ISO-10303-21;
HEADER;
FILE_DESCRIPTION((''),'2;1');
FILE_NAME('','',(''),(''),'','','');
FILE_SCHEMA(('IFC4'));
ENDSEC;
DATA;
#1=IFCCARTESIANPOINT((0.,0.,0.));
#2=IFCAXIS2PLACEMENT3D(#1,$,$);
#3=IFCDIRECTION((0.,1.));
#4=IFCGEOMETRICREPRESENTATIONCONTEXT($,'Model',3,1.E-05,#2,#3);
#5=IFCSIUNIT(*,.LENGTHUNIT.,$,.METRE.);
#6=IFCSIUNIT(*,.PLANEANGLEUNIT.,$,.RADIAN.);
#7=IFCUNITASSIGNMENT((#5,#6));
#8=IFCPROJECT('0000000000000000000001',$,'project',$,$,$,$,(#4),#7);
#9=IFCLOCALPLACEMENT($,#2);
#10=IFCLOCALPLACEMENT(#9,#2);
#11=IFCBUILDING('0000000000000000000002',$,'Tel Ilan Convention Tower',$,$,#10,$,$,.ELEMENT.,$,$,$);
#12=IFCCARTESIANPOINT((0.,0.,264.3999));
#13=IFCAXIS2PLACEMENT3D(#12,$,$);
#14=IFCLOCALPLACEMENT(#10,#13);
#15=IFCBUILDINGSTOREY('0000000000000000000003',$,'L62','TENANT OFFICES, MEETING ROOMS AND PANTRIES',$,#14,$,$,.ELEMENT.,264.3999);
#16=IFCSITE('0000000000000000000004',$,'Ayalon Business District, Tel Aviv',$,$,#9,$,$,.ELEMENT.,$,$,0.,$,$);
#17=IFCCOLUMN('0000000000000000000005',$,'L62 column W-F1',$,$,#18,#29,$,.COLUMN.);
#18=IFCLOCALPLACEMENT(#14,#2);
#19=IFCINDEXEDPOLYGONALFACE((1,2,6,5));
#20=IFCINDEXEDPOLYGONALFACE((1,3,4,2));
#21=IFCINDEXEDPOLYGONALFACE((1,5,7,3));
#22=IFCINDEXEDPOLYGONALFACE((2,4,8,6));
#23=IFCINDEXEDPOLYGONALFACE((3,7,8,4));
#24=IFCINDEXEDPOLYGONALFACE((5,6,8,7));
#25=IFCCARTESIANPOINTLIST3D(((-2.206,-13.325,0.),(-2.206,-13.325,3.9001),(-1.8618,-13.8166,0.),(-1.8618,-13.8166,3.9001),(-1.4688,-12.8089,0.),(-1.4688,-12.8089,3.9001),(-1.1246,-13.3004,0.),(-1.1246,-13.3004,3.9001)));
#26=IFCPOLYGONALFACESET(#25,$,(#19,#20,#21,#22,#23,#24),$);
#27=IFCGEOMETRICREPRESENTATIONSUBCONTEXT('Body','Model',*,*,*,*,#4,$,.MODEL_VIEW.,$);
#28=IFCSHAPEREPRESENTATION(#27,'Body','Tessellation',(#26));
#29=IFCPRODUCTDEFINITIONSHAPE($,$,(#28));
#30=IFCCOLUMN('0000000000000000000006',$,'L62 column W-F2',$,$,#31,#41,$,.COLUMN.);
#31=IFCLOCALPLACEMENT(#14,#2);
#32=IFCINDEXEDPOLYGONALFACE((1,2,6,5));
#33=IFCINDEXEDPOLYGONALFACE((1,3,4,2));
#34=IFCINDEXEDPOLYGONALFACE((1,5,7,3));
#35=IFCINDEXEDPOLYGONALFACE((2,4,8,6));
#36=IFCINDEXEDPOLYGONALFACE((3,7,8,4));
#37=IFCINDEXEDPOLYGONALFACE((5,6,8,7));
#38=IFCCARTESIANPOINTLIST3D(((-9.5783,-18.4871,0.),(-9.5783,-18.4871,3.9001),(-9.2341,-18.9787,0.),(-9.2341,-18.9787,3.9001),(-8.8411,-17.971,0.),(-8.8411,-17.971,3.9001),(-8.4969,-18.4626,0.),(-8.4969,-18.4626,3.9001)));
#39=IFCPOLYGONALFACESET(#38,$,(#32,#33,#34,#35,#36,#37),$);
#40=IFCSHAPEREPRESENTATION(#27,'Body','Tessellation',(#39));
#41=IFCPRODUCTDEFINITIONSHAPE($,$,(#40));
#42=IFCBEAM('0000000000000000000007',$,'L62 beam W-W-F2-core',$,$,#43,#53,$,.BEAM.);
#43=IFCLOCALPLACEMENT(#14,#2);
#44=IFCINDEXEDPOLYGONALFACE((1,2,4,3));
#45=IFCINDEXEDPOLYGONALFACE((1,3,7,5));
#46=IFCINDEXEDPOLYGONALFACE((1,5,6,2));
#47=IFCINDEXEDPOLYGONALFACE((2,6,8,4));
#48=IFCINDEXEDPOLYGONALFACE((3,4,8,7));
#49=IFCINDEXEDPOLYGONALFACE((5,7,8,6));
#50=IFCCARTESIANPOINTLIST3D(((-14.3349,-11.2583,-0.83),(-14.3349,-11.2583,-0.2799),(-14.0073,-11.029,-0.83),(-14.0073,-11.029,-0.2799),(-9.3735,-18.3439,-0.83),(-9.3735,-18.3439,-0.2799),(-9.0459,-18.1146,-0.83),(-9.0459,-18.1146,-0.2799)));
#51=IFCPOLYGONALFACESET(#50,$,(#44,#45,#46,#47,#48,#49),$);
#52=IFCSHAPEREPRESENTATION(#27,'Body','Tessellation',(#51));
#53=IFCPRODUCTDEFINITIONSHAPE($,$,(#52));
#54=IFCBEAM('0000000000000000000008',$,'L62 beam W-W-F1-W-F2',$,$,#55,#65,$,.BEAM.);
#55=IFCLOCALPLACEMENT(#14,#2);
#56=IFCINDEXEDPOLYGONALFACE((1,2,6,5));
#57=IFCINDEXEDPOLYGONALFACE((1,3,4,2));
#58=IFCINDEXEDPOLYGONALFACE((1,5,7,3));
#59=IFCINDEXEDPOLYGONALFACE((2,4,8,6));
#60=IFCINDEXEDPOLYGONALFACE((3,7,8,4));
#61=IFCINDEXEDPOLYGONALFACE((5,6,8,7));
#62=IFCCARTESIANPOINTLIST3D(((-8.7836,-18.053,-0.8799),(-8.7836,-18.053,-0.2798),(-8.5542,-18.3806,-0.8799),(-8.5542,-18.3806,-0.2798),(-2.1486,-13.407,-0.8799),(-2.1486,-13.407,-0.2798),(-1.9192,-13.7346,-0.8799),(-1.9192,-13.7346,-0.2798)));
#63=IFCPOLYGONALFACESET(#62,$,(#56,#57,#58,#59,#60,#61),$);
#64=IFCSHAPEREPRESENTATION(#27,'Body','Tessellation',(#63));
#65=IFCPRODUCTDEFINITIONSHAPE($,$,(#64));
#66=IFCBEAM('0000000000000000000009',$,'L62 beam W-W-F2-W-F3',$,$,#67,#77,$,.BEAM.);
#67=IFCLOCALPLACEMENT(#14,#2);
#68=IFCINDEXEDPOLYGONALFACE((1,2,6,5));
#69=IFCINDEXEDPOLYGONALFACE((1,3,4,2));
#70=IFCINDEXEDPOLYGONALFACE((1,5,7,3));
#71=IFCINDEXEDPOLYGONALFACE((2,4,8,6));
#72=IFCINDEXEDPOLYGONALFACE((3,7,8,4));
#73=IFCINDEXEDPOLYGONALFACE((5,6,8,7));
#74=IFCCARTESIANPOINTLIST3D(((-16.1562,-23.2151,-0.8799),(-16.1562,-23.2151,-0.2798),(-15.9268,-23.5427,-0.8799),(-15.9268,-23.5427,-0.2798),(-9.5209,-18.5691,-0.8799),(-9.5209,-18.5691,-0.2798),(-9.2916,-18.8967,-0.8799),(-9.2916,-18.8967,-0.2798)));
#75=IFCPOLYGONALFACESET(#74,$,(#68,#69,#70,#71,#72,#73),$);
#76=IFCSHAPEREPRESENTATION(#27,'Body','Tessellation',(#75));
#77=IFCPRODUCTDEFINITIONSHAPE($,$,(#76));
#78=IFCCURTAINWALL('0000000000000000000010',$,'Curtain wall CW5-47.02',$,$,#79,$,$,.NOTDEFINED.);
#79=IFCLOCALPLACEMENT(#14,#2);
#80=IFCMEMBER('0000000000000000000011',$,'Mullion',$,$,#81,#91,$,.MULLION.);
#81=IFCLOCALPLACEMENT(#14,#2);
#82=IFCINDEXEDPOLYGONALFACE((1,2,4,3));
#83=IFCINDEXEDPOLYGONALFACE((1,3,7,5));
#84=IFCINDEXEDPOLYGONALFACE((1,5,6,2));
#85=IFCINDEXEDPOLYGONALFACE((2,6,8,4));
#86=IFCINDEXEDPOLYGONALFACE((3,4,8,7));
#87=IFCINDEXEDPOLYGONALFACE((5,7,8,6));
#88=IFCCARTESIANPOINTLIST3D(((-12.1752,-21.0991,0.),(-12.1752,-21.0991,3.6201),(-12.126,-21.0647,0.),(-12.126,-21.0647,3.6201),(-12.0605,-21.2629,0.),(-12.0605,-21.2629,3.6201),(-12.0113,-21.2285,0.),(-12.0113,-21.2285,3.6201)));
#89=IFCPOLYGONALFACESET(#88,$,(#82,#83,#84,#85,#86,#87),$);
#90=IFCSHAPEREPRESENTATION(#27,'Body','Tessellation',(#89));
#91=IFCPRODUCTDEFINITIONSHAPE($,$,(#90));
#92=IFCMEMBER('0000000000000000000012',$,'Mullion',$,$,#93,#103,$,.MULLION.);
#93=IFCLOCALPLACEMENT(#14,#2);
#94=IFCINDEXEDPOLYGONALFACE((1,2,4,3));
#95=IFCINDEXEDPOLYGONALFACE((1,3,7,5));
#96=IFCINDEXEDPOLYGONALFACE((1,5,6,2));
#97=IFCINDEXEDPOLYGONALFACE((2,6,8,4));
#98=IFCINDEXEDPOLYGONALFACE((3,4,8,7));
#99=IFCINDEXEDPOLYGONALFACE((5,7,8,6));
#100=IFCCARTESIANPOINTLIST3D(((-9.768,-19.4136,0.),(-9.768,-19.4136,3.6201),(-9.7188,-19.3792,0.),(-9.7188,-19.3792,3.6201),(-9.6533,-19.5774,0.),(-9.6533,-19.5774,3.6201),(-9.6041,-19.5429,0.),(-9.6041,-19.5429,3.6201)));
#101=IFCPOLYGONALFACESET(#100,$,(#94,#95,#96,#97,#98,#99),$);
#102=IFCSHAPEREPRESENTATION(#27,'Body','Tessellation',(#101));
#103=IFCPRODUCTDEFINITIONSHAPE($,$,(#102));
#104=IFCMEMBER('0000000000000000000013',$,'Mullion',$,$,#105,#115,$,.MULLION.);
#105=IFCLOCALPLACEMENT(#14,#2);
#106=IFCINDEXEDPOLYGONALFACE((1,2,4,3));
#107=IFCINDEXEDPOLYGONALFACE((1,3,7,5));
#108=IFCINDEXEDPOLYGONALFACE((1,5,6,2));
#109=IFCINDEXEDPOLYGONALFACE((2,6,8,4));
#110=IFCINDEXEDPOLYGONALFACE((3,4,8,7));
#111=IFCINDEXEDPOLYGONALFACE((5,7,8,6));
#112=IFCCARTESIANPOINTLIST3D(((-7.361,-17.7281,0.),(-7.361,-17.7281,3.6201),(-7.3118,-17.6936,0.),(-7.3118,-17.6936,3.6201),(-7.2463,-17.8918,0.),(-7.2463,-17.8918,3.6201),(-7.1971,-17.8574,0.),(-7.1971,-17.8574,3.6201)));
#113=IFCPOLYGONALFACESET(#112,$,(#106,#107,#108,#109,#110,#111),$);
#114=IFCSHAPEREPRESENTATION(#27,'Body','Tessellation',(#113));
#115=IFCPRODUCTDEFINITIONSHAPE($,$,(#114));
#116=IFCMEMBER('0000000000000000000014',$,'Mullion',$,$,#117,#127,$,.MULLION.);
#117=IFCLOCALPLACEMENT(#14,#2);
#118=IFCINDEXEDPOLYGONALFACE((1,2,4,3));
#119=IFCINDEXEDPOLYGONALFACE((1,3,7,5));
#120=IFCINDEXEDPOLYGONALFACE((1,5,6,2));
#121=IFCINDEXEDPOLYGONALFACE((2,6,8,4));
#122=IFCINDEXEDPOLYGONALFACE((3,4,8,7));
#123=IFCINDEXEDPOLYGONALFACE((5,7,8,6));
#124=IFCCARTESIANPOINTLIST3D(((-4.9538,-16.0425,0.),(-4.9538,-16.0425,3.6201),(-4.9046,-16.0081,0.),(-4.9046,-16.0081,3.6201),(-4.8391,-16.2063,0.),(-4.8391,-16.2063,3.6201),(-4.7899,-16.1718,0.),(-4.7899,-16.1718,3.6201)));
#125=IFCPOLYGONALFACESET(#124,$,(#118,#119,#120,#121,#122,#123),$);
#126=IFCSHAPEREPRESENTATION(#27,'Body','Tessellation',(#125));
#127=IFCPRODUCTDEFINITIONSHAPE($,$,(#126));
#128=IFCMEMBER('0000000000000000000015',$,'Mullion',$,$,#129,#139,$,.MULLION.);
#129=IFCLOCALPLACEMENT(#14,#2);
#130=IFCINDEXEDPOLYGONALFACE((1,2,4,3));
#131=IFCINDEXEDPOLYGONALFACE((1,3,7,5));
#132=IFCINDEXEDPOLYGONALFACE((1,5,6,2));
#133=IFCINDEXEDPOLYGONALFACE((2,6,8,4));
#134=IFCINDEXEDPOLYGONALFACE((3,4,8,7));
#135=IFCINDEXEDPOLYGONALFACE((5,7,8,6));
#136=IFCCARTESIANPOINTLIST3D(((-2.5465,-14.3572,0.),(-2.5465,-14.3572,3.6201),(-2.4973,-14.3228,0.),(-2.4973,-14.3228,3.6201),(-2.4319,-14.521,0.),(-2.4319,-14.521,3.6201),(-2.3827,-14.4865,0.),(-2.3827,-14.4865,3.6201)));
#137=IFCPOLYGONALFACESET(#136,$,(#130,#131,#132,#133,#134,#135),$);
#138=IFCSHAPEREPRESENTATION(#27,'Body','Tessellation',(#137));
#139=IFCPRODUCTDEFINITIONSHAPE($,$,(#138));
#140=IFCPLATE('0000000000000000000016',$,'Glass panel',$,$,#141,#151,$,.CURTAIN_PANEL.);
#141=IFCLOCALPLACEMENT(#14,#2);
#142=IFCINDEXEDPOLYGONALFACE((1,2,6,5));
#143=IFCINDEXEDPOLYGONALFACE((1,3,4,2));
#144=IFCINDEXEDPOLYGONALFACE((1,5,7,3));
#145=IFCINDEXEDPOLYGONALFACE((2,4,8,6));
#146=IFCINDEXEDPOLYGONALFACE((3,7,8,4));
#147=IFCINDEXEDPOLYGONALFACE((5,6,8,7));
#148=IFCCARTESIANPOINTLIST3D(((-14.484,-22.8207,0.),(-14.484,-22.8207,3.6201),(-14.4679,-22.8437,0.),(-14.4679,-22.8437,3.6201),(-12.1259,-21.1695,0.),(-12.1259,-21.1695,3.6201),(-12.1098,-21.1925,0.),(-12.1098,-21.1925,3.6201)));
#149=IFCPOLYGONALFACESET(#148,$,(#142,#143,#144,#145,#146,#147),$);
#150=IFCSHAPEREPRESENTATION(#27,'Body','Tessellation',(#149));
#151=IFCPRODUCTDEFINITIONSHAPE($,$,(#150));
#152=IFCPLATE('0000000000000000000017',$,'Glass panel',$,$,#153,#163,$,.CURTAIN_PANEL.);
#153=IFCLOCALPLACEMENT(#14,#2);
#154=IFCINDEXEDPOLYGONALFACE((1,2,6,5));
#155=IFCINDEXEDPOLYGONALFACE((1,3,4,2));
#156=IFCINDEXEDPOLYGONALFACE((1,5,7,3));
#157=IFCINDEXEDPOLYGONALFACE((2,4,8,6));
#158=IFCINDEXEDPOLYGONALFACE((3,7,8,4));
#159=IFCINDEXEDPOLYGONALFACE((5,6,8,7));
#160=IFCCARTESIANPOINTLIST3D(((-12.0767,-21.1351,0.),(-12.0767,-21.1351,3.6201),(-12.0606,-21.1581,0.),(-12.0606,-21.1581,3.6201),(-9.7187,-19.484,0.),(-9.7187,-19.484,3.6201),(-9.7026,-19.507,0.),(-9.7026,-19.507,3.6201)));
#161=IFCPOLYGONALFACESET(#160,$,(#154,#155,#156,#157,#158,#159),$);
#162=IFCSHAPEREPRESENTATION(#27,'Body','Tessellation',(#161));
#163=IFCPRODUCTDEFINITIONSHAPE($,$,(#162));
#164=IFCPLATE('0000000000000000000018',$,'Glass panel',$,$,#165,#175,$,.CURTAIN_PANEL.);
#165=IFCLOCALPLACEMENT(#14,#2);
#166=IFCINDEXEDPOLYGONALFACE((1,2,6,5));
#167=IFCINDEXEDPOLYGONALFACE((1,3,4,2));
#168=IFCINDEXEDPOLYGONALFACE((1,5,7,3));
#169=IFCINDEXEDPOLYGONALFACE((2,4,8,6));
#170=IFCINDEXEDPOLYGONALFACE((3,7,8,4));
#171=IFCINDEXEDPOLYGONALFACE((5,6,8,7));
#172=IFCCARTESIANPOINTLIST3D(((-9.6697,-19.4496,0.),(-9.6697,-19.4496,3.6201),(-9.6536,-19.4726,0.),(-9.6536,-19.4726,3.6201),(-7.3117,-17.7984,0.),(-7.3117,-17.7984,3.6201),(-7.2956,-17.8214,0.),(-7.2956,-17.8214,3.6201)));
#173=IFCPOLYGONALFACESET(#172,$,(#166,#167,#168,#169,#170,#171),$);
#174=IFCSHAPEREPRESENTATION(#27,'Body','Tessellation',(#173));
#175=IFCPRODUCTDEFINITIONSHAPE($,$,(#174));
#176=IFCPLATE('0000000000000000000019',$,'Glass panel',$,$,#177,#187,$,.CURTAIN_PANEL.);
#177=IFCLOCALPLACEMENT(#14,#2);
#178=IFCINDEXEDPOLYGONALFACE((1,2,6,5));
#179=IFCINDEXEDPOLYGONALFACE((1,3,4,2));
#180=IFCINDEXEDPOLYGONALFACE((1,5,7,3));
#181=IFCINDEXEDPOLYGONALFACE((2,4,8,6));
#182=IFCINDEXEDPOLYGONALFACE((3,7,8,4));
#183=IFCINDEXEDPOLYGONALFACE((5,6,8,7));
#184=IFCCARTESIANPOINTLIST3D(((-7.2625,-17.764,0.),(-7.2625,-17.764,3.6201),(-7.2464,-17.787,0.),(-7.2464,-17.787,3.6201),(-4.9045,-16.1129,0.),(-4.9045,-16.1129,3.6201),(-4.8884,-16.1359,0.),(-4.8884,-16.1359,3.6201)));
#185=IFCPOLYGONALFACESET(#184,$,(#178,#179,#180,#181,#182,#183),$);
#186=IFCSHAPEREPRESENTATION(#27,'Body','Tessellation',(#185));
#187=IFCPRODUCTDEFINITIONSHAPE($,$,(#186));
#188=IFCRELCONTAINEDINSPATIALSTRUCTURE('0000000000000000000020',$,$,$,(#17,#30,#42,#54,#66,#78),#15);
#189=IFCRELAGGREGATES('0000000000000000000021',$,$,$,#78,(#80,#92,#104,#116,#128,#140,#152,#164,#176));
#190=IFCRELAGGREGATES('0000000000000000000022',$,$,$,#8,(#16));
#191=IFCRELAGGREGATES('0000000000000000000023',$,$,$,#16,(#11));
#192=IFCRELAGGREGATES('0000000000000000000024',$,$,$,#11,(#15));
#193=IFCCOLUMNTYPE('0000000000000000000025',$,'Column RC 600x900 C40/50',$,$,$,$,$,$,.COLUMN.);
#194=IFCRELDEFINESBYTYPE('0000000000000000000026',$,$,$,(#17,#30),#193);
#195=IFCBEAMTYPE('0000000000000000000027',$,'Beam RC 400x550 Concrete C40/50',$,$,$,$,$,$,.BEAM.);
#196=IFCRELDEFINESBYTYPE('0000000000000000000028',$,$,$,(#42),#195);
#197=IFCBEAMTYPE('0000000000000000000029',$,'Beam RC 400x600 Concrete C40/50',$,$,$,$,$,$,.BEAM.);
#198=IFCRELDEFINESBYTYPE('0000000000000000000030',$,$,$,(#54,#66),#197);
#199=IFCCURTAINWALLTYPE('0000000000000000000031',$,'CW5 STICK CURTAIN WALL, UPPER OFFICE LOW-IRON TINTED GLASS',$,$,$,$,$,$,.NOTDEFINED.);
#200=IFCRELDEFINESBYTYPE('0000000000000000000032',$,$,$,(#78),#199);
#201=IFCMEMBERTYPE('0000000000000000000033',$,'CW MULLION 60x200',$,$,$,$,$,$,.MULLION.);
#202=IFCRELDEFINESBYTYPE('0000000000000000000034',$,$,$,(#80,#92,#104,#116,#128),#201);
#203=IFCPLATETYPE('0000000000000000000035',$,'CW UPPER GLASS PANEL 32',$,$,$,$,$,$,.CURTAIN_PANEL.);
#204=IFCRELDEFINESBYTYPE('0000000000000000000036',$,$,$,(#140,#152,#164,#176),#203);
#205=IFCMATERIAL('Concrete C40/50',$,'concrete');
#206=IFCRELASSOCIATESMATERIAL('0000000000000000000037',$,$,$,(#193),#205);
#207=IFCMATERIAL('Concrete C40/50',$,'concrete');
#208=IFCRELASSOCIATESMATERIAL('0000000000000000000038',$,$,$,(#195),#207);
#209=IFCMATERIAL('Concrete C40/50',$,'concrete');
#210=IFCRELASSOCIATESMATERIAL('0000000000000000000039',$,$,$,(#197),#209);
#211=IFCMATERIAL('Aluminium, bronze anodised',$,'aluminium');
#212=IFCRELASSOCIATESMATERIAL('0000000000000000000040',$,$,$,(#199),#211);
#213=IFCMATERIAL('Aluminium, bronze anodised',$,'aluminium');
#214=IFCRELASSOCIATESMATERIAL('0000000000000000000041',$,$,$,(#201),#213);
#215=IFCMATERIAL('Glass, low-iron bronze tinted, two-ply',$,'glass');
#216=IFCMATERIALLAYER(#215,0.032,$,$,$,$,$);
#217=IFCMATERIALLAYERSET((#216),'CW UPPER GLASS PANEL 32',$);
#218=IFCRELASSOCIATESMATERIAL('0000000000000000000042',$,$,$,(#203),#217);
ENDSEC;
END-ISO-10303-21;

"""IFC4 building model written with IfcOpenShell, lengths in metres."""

from ifc_helpers import new_model, si_unit, direction, frame, origin, origin_2d, place, context, subcontext, project, spatial, rectangle, extrude, material, layer, layer_set, material_profile, profile_set, type_object, element, aggregate, save


model = new_model("IFC4")

# Units and contexts
model_context = context("Model", 3, precision=1e-05, world=origin(), true_north=direction((0.0, 1.0)))
body_context = subcontext(model_context, "Body", "Model", "MODEL_VIEW")
ifc_project = project(units=[si_unit("LENGTHUNIT", "METRE"), si_unit("PLANEANGLEUNIT", "RADIAN")], contexts=[model_context])

# Site, building, storey
site_placement = place(None, origin())
site = spatial("IfcSite", under=ifc_project, at=site_placement, Name="Ayalon Business District, Tel Aviv", CompositionType="ELEMENT", RefElevation=0.0)
building_placement = place(site_placement, origin())
building = spatial("IfcBuilding", under=site, at=building_placement, Name="Tel Ilan Convention Tower", CompositionType="ELEMENT")
storey_placement = place(building_placement, frame((0.0, 0.0, 264.3999)))
storey = spatial("IfcBuildingStorey", under=building, at=storey_placement, Name="L62", Description="TENANT OFFICES, MEETING ROOMS AND PANTRIES", CompositionType="ELEMENT", Elevation=264.3999)

# Columns
ifc_material_1 = material(Name="Concrete C40/50", Category="concrete")
ifc_material_profile_1 = material_profile(ifc_material_1, rectangle(XDim=0.8999, YDim=0.6001, at=origin_2d()), Name="RC 600x900")
ifc_profile_set_1 = profile_set([ifc_material_profile_1], Name="Concrete C40/50")
column_type = type_object("IfcColumnType", Name="Column RC 600x900 C40/50", PredefinedType="COLUMN", material=ifc_profile_set_1)
for number, where, z_axis, x_axis, name in (
    (1, (-1.6653, -13.3127, 0.0), (0.0, 0.0, 1.0), (-0.819152, -0.573576, 0.0), "L62 column W-F1"),
    (2, (-9.0376, -18.4749, 0.0), (0.0, 0.0, 1.0), (-0.819152, -0.573576, 0.0), "L62 column W-F2"),
):
    element("IfcColumn", number, at=place(storey_placement, frame(where, z_axis=z_axis, x_axis=x_axis)), inside=storey, type_object=column_type, Name=name, PredefinedType="COLUMN", context=body_context, shape_type="SweptSolid", body=[
        extrude(rectangle(XDim=0.8999, YDim=0.6001, at=origin_2d()), origin(), (0.0, 0.0, 1.0), 3.9001),
    ])

# Beams
ifc_material_2 = material(Name="Concrete C40/50", Category="concrete")
ifc_material_profile_2 = material_profile(ifc_material_2, rectangle(XDim=0.3999, YDim=0.55, at=origin_2d()), Name="RC 400x550")
ifc_profile_set_2 = profile_set([ifc_material_profile_2], Name="Concrete C40/50")
beam_type_1 = type_object("IfcBeamType", Name="Beam RC 400x550 Concrete C40/50", PredefinedType="BEAM", material=ifc_profile_set_2)
beam_1_placement = place(storey_placement, frame((-9.2097, -18.2292, -0.5549), z_axis=(-0.573574, 0.819154, 0.0), x_axis=(-0.819154, -0.573574, 0.0)))
element("IfcBeam", 3, at=beam_1_placement, inside=storey, type_object=beam_type_1, Name="L62 beam W-W-F2-core", PredefinedType="BEAM", context=body_context, shape_type="SweptSolid", body=[
    extrude(rectangle(XDim=0.3999, YDim=0.55, at=origin_2d()), origin(), (0.0, 0.0, 1.0), 8.6499),
])
ifc_material_3 = material(Name="Concrete C40/50", Category="concrete")
ifc_material_profile_3 = material_profile(ifc_material_3, rectangle(XDim=0.3999, YDim=0.6001, at=origin_2d()), Name="RC 400x600")
ifc_profile_set_3 = profile_set([ifc_material_profile_3], Name="Concrete C40/50")
beam_type_2 = type_object("IfcBeamType", Name="Beam RC 400x600 Concrete C40/50", PredefinedType="BEAM", material=ifc_profile_set_3)
beam_2_placement = place(storey_placement, frame((-2.0339, -13.5708, -0.5798), z_axis=(-0.819146, -0.573586, 0.0), x_axis=(0.573586, -0.819146, 0.0)))
element("IfcBeam", 4, at=beam_2_placement, inside=storey, type_object=beam_type_2, Name="L62 beam W-W-F1-W-F2", PredefinedType="BEAM", context=body_context, shape_type="SweptSolid", body=[
    extrude(rectangle(XDim=0.3999, YDim=0.6001, at=origin_2d()), origin(), (0.0, 0.0, 1.0), 8.0999),
])
beam_3_placement = place(storey_placement, frame((-9.4062, -18.7329, -0.5798), z_axis=(-0.819155, -0.573572, 0.0), x_axis=(0.573572, -0.819155, 0.0)))
element("IfcBeam", 5, at=beam_3_placement, inside=storey, type_object=beam_type_2, Name="L62 beam W-W-F2-W-F3", PredefinedType="BEAM", context=body_context, shape_type="SweptSolid", body=[
    extrude(rectangle(XDim=0.3999, YDim=0.6001, at=origin_2d()), origin(), (0.0, 0.0, 1.0), 8.1001),
])

# Curtain wall, members, plates
ifc_material_4 = material(Name="Aluminium, bronze anodised", Category="aluminium")
curtain_wall_type = type_object("IfcCurtainWallType", Name="CW5 STICK CURTAIN WALL, UPPER OFFICE LOW-IRON TINTED GLASS", PredefinedType="NOTDEFINED", material=ifc_material_4)
curtain_wall_placement = place(storey_placement, origin())
curtain_wall = element("IfcCurtainWall", 6, at=curtain_wall_placement, inside=storey, type_object=curtain_wall_type, Name="Curtain wall CW5-47.02", PredefinedType="NOTDEFINED")
ifc_material_5 = material(Name="Aluminium, bronze anodised", Category="aluminium")
ifc_material_profile_4 = material_profile(ifc_material_5, rectangle(XDim=0.0601, YDim=0.2, at=origin_2d()), Name="CW MULLION 60x200")
ifc_profile_set_4 = profile_set([ifc_material_profile_4], Name="Aluminium, bronze anodised")
member_type = type_object("IfcMemberType", Name="CW MULLION 60x200", PredefinedType="MULLION", material=ifc_profile_set_4)
member_1_placement = place(storey_placement, frame((-12.0933, -21.1638, 0.0), z_axis=(0.0, 0.0, 1.0), x_axis=(0.819152, 0.573576, 0.0)))
member_1 = element("IfcMember", 7, at=member_1_placement, type_object=member_type, Name="Mullion", PredefinedType="MULLION", context=body_context, shape_type="SweptSolid", body=[
    extrude(rectangle(XDim=0.0601, YDim=0.2, at=origin_2d()), origin(), (0.0, 0.0, 1.0), 3.6201),
])
member_2_placement = place(storey_placement, frame((-9.686, -19.4783, 0.0), z_axis=(0.0, 0.0, 1.0), x_axis=(0.819152, 0.573576, 0.0)))
member_2 = element("IfcMember", 8, at=member_2_placement, type_object=member_type, Name="Mullion", PredefinedType="MULLION", context=body_context, shape_type="SweptSolid", body=[
    extrude(rectangle(XDim=0.0601, YDim=0.2, at=origin_2d()), origin(), (0.0, 0.0, 1.0), 3.6201),
])
member_3_placement = place(storey_placement, frame((-7.2791, -17.7927, 0.0), z_axis=(0.0, 0.0, 1.0), x_axis=(0.819152, 0.573576, 0.0)))
member_3 = element("IfcMember", 9, at=member_3_placement, type_object=member_type, Name="Mullion", PredefinedType="MULLION", context=body_context, shape_type="SweptSolid", body=[
    extrude(rectangle(XDim=0.0601, YDim=0.2, at=origin_2d()), origin(), (0.0, 0.0, 1.0), 3.6201),
])
member_4_placement = place(storey_placement, frame((-4.8718, -16.1072, 0.0), z_axis=(0.0, 0.0, 1.0), x_axis=(0.819152, 0.573576, 0.0)))
member_4 = element("IfcMember", 10, at=member_4_placement, type_object=member_type, Name="Mullion", PredefinedType="MULLION", context=body_context, shape_type="SweptSolid", body=[
    extrude(rectangle(XDim=0.0601, YDim=0.2, at=origin_2d()), origin(), (0.0, 0.0, 1.0), 3.6201),
])
member_5_placement = place(storey_placement, frame((-2.4646, -14.4219, 0.0), z_axis=(0.0, 0.0, 1.0), x_axis=(0.819152, 0.573576, 0.0)))
member_5 = element("IfcMember", 11, at=member_5_placement, type_object=member_type, Name="Mullion", PredefinedType="MULLION", context=body_context, shape_type="SweptSolid", body=[
    extrude(rectangle(XDim=0.0601, YDim=0.2, at=origin_2d()), origin(), (0.0, 0.0, 1.0), 3.6201),
])
ifc_material_6 = material(Name="Glass, low-iron bronze tinted, two-ply", Category="glass")
ifc_layer_1 = layer(ifc_material_6, 0.032)
ifc_layer_set_1 = layer_set([ifc_layer_1], Name="CW UPPER GLASS PANEL 32")
plate_type = type_object("IfcPlateType", Name="CW UPPER GLASS PANEL 32", PredefinedType="CURTAIN_PANEL", material=ifc_layer_set_1)
plate_1_placement = place(storey_placement, frame((-13.2969, -22.0066, 0.0), z_axis=(0.0, 0.0, 1.0), x_axis=(0.819152, 0.573576, 0.0)))
plate_1 = element("IfcPlate", 12, at=plate_1_placement, type_object=plate_type, Name="Glass panel", PredefinedType="CURTAIN_PANEL", context=body_context, shape_type="SweptSolid", body=[
    extrude(rectangle(XDim=2.8787, YDim=0.0281, at=origin_2d()), origin(), (0.0, 0.0, 1.0), 3.6201),
])
plate_2_placement = place(storey_placement, frame((-10.8896, -20.321, 0.0), z_axis=(0.0, 0.0, 1.0), x_axis=(0.819152, 0.573576, 0.0)))
plate_2 = element("IfcPlate", 13, at=plate_2_placement, type_object=plate_type, Name="Glass panel", PredefinedType="CURTAIN_PANEL", context=body_context, shape_type="SweptSolid", body=[
    extrude(rectangle(XDim=2.8787, YDim=0.0281, at=origin_2d()), origin(), (0.0, 0.0, 1.0), 3.6201),
])
plate_3_placement = place(storey_placement, frame((-8.4827, -18.6355, 0.0), z_axis=(0.0, 0.0, 1.0), x_axis=(0.819152, 0.573576, 0.0)))
plate_3 = element("IfcPlate", 14, at=plate_3_placement, type_object=plate_type, Name="Glass panel", PredefinedType="CURTAIN_PANEL", context=body_context, shape_type="SweptSolid", body=[
    extrude(rectangle(XDim=2.8787, YDim=0.0281, at=origin_2d()), origin(), (0.0, 0.0, 1.0), 3.6201),
])
plate_4_placement = place(storey_placement, frame((-6.0754, -16.95, 0.0), z_axis=(0.0, 0.0, 1.0), x_axis=(0.819152, 0.573576, 0.0)))
plate_4 = element("IfcPlate", 15, at=plate_4_placement, type_object=plate_type, Name="Glass panel", PredefinedType="CURTAIN_PANEL", context=body_context, shape_type="SweptSolid", body=[
    extrude(rectangle(XDim=2.8787, YDim=0.0281, at=origin_2d()), origin(), (0.0, 0.0, 1.0), 3.6201),
])
aggregate(curtain_wall, [member_1, member_2, member_3, member_4, member_5, plate_1, plate_2, plate_3, plate_4])

save(model, "model.ifc")
